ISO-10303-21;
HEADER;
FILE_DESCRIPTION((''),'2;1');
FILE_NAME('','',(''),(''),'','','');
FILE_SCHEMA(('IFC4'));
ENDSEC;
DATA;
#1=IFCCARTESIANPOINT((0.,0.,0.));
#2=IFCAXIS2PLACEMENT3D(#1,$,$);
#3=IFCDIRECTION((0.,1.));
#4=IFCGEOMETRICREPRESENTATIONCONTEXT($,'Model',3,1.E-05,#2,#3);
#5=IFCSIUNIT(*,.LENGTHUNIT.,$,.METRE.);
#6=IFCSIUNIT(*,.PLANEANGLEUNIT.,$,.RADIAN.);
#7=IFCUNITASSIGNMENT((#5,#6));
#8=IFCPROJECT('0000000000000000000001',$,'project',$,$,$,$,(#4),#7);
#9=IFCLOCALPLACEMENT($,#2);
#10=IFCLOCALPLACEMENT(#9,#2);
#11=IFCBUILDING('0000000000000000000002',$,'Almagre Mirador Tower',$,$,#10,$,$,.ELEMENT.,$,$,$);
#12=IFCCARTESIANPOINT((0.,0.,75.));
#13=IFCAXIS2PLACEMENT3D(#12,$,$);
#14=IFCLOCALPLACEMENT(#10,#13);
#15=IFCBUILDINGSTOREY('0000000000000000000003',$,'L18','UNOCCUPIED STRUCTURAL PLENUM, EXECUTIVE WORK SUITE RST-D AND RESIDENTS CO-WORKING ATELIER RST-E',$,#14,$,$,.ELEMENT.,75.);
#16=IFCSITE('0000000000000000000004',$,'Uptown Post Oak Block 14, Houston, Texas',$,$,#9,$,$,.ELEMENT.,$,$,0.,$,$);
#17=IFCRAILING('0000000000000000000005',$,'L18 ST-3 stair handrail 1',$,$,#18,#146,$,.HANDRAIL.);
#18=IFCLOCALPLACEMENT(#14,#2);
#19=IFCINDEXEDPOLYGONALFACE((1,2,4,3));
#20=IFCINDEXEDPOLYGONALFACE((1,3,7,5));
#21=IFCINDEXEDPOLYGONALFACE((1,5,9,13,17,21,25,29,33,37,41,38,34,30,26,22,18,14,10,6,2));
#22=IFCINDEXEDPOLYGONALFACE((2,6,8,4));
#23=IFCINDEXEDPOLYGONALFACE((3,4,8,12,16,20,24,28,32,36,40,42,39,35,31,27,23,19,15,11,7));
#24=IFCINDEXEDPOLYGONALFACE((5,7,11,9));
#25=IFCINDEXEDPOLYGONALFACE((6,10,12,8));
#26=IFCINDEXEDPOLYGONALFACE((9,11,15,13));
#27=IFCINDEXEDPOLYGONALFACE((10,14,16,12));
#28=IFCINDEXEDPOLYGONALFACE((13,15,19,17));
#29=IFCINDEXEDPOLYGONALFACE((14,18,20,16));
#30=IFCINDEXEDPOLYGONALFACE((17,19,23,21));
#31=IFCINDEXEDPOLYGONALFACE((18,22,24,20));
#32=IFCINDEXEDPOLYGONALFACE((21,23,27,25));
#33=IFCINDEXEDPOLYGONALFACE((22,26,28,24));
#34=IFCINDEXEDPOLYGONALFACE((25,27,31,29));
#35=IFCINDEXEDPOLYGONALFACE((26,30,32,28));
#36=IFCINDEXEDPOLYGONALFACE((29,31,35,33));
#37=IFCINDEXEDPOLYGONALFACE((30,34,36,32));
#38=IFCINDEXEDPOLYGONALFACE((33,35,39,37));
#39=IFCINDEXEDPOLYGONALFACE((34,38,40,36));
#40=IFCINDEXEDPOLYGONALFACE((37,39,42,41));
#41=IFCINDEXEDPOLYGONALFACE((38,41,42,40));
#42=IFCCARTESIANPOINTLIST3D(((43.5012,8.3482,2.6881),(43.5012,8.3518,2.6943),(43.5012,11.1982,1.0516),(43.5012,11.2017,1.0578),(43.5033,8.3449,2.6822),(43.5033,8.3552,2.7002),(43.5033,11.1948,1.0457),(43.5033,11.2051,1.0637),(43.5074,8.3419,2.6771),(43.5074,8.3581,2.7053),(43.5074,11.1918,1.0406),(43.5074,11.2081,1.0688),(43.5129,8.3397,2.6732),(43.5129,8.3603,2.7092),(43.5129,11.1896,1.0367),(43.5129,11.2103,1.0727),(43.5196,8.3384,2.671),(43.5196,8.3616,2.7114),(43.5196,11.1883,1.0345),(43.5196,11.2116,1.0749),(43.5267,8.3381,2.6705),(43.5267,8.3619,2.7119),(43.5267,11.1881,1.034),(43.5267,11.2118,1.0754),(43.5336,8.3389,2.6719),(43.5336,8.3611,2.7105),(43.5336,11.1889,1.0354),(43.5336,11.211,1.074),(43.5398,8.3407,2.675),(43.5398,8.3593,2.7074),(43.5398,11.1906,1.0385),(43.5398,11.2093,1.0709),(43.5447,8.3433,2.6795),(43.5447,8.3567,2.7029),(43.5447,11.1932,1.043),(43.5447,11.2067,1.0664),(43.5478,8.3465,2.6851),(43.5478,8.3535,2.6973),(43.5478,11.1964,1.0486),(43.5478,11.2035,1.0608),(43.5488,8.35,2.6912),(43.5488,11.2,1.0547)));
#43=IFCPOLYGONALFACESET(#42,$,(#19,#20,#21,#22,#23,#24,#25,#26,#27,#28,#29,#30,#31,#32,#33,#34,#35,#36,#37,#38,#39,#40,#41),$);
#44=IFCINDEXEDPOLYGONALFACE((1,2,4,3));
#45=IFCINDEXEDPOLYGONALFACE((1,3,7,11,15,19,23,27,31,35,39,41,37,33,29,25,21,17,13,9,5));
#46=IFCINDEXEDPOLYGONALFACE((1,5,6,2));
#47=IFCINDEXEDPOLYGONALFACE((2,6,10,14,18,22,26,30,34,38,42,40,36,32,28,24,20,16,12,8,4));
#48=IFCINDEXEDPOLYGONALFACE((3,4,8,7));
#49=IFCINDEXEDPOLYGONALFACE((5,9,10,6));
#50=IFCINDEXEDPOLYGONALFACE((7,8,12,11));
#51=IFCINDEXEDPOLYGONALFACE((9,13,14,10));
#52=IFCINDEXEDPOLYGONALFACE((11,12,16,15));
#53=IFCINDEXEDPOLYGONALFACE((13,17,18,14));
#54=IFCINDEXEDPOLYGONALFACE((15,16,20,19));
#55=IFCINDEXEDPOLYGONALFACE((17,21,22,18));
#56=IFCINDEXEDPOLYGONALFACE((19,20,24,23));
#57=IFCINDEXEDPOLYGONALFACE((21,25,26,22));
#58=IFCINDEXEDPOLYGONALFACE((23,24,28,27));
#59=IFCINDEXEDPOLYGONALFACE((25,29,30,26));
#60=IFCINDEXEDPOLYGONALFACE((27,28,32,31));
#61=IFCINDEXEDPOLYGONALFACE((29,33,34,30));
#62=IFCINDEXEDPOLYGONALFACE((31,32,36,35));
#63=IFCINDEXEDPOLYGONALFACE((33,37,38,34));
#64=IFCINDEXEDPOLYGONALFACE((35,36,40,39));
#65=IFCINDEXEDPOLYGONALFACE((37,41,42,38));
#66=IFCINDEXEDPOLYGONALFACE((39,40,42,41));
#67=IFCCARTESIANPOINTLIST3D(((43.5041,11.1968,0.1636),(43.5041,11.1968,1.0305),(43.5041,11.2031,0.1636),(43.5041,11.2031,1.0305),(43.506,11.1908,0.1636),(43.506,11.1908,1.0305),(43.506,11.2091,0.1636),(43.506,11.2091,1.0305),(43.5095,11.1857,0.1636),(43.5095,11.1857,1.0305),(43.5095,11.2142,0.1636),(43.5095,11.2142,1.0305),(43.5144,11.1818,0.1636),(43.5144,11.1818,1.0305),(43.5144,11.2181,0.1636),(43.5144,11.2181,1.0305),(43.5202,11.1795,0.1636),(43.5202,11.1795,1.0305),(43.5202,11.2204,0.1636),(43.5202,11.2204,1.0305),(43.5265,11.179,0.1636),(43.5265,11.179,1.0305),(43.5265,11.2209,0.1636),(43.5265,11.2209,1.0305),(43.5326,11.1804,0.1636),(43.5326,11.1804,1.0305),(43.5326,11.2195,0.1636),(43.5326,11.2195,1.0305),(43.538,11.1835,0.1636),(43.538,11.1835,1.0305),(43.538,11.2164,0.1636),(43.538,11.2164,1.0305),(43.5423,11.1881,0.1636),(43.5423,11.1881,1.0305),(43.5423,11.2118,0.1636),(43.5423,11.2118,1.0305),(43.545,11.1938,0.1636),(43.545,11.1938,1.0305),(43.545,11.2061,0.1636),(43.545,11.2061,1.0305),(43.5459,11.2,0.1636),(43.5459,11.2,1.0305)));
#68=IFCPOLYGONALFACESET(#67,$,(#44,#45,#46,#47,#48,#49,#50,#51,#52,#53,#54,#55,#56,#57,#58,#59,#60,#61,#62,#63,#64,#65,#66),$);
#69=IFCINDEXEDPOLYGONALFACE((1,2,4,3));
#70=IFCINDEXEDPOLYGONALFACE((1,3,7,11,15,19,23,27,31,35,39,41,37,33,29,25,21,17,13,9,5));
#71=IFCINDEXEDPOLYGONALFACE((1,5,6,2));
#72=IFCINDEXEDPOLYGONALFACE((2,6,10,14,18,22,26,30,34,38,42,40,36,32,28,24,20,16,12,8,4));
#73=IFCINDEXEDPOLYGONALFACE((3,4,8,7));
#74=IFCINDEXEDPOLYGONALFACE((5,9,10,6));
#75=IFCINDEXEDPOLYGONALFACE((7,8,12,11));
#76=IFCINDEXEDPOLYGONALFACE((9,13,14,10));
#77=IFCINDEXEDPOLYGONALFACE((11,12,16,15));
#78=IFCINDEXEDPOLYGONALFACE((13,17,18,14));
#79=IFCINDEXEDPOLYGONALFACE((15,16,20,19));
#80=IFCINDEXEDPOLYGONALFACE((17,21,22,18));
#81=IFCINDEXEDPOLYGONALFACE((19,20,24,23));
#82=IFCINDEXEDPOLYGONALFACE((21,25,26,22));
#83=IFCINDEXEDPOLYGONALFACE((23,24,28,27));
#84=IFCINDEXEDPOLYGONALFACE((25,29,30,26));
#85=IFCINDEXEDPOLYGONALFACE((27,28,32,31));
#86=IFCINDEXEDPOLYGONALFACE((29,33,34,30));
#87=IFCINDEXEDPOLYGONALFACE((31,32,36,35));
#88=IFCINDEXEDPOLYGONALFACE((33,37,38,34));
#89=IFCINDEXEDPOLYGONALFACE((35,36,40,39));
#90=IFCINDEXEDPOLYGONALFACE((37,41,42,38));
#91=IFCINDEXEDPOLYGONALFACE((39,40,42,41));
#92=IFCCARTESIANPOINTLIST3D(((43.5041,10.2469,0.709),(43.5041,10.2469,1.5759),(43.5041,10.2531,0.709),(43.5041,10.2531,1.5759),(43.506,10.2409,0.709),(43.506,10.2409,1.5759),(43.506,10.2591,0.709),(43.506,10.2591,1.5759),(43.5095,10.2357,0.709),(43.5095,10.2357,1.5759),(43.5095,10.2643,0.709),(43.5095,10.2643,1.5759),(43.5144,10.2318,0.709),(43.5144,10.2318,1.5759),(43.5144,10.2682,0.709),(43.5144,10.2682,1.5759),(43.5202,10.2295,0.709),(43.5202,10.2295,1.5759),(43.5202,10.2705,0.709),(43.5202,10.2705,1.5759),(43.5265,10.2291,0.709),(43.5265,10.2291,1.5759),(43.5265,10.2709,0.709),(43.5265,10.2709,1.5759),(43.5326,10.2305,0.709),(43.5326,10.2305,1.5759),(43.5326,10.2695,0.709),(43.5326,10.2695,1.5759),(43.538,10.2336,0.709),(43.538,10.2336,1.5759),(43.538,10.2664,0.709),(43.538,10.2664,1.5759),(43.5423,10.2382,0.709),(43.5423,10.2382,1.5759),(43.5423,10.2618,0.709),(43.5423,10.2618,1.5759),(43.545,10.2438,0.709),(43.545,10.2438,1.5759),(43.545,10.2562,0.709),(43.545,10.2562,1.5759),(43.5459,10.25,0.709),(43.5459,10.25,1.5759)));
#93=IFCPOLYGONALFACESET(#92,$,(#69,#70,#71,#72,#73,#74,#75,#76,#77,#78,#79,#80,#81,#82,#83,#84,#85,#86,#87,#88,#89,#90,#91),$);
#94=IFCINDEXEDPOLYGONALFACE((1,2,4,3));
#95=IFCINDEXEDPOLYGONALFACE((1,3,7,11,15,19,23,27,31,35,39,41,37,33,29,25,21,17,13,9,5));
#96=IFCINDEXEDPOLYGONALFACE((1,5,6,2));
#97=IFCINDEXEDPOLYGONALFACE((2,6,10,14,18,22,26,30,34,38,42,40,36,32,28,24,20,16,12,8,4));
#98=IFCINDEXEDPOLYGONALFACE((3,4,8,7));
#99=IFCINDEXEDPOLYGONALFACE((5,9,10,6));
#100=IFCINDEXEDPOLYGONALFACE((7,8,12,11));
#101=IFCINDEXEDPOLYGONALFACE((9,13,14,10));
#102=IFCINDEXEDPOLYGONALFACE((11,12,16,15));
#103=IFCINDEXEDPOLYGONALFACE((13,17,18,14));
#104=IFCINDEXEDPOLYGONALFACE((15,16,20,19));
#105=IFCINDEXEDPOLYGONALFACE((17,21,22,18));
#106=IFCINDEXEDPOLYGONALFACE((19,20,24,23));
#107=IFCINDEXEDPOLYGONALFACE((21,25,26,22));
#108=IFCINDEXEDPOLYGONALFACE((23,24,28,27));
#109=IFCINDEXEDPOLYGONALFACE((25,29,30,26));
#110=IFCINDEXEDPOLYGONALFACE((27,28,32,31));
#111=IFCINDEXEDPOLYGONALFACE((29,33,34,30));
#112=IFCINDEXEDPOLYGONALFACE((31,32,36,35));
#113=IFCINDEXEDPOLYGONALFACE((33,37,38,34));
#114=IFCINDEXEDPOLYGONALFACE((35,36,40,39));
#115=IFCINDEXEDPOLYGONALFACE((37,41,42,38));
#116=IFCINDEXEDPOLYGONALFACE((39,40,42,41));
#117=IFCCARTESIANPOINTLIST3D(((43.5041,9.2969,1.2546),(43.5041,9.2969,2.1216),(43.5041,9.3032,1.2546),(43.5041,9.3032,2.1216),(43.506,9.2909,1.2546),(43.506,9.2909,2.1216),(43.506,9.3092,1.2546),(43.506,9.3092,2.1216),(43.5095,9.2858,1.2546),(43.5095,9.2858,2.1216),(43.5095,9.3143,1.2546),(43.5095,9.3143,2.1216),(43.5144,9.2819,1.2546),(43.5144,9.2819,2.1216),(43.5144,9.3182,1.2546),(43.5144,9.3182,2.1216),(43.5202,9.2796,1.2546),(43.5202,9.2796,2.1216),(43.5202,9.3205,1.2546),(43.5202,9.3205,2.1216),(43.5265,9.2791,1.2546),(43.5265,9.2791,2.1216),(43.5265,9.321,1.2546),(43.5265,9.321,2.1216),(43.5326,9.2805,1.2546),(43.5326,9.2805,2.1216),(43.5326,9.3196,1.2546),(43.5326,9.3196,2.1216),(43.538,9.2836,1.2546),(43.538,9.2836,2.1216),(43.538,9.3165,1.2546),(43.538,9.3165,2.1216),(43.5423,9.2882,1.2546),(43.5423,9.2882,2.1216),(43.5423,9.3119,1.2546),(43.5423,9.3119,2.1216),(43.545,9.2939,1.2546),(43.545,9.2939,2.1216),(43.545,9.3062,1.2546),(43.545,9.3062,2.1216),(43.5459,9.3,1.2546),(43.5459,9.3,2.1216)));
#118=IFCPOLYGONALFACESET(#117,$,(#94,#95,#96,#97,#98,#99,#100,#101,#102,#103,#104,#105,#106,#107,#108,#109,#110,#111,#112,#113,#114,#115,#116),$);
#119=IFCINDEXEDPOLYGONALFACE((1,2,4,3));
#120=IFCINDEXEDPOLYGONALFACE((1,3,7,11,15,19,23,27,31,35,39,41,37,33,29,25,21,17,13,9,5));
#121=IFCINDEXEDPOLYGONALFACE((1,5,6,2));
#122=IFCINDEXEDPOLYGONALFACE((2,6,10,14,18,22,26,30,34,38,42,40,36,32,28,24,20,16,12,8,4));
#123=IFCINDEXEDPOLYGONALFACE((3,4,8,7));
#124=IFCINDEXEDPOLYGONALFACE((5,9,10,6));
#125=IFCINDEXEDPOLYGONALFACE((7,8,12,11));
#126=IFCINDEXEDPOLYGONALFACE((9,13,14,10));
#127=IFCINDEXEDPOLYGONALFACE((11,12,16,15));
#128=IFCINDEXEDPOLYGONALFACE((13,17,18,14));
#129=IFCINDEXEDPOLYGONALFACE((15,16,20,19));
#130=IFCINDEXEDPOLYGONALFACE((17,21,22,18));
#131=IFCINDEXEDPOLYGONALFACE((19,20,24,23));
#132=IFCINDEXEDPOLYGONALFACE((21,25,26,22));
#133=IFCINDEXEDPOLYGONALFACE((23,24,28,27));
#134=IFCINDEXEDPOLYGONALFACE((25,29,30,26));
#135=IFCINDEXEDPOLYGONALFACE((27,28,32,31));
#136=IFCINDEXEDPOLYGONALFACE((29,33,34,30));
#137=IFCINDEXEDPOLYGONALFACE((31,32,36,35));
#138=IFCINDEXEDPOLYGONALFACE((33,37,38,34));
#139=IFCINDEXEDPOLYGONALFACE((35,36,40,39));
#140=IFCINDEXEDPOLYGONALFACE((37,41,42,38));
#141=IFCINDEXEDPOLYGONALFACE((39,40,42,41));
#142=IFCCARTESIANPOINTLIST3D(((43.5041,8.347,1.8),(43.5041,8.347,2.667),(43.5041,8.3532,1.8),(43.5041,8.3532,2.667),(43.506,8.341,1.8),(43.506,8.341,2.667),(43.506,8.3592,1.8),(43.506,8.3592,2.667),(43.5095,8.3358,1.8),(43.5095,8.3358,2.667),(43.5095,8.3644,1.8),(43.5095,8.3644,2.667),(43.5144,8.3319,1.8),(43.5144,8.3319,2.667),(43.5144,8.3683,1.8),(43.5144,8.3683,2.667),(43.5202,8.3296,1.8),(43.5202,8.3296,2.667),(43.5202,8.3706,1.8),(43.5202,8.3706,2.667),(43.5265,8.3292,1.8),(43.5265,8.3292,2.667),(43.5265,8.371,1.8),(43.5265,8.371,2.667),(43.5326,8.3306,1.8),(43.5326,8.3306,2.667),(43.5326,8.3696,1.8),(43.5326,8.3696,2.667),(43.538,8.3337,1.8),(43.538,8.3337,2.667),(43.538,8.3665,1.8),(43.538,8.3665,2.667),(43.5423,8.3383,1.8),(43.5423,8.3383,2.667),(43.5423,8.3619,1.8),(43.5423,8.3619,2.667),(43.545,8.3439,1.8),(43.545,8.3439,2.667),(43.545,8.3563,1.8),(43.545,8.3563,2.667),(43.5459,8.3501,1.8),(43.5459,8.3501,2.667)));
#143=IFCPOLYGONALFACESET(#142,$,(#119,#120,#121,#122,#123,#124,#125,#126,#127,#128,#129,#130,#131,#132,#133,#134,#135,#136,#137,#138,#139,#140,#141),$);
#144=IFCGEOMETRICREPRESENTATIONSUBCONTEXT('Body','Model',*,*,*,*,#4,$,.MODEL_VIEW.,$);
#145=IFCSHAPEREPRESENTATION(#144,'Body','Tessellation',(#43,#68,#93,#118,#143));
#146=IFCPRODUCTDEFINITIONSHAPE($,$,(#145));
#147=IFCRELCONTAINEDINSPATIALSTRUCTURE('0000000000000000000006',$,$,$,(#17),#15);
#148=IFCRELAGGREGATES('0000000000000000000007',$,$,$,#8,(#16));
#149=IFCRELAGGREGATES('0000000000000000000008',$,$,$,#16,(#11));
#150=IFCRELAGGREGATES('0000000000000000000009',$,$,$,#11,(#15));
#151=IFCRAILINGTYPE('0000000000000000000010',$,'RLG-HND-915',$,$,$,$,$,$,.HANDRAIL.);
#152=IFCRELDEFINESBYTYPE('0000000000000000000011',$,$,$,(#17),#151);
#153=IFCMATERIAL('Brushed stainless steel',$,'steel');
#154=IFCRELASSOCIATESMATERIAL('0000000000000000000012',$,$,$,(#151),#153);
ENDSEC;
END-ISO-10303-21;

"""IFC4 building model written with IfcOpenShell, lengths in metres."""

from ifc_helpers import new_model, si_unit, direction, frame, origin, origin_2d, place, context, subcontext, project, spatial, circle, extrude, material, type_object, element, save


model = new_model("IFC4")

# Units and contexts
model_context = context("Model", 3, precision=1e-05, world=origin(), true_north=direction((0.0, 1.0)))
body_context = subcontext(model_context, "Body", "Model", "MODEL_VIEW")
ifc_project = project(units=[si_unit("LENGTHUNIT", "METRE"), si_unit("PLANEANGLEUNIT", "RADIAN")], contexts=[model_context])

# Site, building, storey
site_placement = place(None, origin())
site = spatial("IfcSite", under=ifc_project, at=site_placement, Name="Uptown Post Oak Block 14, Houston, Texas", CompositionType="ELEMENT", RefElevation=0.0)
building_placement = place(site_placement, origin())
building = spatial("IfcBuilding", under=site, at=building_placement, Name="Almagre Mirador Tower", CompositionType="ELEMENT")
storey_placement = place(building_placement, frame((0.0, 0.0, 75.0)))
storey = spatial("IfcBuildingStorey", under=building, at=storey_placement, Name="L18", Description="UNOCCUPIED STRUCTURAL PLENUM, EXECUTIVE WORK SUITE RST-D AND RESIDENTS CO-WORKING ATELIER RST-E", CompositionType="ELEMENT", Elevation=75.0)

# Railing
ifc_material_1 = material(Name="Brushed stainless steel", Category="steel")
railing_type_1 = type_object("IfcRailingType", Name="RLG-HND-915", PredefinedType="HANDRAIL", material=ifc_material_1)
railing_1_placement = place(storey_placement, frame((43.5249, 11.2, 0.1636)))
element("IfcRailing", 1, at=railing_1_placement, inside=storey, type_object=railing_type_1, Name="L18 ST-3 stair handrail 1", PredefinedType="HANDRAIL", context=body_context, shape_type="SweptSolid", body=[
    extrude(circle(Radius=0.0239, at=origin_2d()), frame((0.0, 0.0, 0.8911), z_axis=(0.0, -0.867194, 0.49797), x_axis=(1.0, 0.0, 0.0)), (0.0, 0.0, 1.0), 3.2864),
    extrude(circle(Radius=0.021, at=origin_2d()), origin(), (0.0, 0.0, 1.0), 0.8669),
    extrude(circle(Radius=0.021, at=origin_2d()), frame((0.0, -0.95, 0.5454)), (0.0, 0.0, 1.0), 0.8669),
    extrude(circle(Radius=0.021, at=origin_2d()), frame((0.0, -1.8999, 1.0911)), (0.0, 0.0, 1.0), 0.8669),
    extrude(circle(Radius=0.021, at=origin_2d()), frame((0.0, -2.8499, 1.6365)), (0.0, 0.0, 1.0), 0.8669),
])

save(model, "model.ifc")
